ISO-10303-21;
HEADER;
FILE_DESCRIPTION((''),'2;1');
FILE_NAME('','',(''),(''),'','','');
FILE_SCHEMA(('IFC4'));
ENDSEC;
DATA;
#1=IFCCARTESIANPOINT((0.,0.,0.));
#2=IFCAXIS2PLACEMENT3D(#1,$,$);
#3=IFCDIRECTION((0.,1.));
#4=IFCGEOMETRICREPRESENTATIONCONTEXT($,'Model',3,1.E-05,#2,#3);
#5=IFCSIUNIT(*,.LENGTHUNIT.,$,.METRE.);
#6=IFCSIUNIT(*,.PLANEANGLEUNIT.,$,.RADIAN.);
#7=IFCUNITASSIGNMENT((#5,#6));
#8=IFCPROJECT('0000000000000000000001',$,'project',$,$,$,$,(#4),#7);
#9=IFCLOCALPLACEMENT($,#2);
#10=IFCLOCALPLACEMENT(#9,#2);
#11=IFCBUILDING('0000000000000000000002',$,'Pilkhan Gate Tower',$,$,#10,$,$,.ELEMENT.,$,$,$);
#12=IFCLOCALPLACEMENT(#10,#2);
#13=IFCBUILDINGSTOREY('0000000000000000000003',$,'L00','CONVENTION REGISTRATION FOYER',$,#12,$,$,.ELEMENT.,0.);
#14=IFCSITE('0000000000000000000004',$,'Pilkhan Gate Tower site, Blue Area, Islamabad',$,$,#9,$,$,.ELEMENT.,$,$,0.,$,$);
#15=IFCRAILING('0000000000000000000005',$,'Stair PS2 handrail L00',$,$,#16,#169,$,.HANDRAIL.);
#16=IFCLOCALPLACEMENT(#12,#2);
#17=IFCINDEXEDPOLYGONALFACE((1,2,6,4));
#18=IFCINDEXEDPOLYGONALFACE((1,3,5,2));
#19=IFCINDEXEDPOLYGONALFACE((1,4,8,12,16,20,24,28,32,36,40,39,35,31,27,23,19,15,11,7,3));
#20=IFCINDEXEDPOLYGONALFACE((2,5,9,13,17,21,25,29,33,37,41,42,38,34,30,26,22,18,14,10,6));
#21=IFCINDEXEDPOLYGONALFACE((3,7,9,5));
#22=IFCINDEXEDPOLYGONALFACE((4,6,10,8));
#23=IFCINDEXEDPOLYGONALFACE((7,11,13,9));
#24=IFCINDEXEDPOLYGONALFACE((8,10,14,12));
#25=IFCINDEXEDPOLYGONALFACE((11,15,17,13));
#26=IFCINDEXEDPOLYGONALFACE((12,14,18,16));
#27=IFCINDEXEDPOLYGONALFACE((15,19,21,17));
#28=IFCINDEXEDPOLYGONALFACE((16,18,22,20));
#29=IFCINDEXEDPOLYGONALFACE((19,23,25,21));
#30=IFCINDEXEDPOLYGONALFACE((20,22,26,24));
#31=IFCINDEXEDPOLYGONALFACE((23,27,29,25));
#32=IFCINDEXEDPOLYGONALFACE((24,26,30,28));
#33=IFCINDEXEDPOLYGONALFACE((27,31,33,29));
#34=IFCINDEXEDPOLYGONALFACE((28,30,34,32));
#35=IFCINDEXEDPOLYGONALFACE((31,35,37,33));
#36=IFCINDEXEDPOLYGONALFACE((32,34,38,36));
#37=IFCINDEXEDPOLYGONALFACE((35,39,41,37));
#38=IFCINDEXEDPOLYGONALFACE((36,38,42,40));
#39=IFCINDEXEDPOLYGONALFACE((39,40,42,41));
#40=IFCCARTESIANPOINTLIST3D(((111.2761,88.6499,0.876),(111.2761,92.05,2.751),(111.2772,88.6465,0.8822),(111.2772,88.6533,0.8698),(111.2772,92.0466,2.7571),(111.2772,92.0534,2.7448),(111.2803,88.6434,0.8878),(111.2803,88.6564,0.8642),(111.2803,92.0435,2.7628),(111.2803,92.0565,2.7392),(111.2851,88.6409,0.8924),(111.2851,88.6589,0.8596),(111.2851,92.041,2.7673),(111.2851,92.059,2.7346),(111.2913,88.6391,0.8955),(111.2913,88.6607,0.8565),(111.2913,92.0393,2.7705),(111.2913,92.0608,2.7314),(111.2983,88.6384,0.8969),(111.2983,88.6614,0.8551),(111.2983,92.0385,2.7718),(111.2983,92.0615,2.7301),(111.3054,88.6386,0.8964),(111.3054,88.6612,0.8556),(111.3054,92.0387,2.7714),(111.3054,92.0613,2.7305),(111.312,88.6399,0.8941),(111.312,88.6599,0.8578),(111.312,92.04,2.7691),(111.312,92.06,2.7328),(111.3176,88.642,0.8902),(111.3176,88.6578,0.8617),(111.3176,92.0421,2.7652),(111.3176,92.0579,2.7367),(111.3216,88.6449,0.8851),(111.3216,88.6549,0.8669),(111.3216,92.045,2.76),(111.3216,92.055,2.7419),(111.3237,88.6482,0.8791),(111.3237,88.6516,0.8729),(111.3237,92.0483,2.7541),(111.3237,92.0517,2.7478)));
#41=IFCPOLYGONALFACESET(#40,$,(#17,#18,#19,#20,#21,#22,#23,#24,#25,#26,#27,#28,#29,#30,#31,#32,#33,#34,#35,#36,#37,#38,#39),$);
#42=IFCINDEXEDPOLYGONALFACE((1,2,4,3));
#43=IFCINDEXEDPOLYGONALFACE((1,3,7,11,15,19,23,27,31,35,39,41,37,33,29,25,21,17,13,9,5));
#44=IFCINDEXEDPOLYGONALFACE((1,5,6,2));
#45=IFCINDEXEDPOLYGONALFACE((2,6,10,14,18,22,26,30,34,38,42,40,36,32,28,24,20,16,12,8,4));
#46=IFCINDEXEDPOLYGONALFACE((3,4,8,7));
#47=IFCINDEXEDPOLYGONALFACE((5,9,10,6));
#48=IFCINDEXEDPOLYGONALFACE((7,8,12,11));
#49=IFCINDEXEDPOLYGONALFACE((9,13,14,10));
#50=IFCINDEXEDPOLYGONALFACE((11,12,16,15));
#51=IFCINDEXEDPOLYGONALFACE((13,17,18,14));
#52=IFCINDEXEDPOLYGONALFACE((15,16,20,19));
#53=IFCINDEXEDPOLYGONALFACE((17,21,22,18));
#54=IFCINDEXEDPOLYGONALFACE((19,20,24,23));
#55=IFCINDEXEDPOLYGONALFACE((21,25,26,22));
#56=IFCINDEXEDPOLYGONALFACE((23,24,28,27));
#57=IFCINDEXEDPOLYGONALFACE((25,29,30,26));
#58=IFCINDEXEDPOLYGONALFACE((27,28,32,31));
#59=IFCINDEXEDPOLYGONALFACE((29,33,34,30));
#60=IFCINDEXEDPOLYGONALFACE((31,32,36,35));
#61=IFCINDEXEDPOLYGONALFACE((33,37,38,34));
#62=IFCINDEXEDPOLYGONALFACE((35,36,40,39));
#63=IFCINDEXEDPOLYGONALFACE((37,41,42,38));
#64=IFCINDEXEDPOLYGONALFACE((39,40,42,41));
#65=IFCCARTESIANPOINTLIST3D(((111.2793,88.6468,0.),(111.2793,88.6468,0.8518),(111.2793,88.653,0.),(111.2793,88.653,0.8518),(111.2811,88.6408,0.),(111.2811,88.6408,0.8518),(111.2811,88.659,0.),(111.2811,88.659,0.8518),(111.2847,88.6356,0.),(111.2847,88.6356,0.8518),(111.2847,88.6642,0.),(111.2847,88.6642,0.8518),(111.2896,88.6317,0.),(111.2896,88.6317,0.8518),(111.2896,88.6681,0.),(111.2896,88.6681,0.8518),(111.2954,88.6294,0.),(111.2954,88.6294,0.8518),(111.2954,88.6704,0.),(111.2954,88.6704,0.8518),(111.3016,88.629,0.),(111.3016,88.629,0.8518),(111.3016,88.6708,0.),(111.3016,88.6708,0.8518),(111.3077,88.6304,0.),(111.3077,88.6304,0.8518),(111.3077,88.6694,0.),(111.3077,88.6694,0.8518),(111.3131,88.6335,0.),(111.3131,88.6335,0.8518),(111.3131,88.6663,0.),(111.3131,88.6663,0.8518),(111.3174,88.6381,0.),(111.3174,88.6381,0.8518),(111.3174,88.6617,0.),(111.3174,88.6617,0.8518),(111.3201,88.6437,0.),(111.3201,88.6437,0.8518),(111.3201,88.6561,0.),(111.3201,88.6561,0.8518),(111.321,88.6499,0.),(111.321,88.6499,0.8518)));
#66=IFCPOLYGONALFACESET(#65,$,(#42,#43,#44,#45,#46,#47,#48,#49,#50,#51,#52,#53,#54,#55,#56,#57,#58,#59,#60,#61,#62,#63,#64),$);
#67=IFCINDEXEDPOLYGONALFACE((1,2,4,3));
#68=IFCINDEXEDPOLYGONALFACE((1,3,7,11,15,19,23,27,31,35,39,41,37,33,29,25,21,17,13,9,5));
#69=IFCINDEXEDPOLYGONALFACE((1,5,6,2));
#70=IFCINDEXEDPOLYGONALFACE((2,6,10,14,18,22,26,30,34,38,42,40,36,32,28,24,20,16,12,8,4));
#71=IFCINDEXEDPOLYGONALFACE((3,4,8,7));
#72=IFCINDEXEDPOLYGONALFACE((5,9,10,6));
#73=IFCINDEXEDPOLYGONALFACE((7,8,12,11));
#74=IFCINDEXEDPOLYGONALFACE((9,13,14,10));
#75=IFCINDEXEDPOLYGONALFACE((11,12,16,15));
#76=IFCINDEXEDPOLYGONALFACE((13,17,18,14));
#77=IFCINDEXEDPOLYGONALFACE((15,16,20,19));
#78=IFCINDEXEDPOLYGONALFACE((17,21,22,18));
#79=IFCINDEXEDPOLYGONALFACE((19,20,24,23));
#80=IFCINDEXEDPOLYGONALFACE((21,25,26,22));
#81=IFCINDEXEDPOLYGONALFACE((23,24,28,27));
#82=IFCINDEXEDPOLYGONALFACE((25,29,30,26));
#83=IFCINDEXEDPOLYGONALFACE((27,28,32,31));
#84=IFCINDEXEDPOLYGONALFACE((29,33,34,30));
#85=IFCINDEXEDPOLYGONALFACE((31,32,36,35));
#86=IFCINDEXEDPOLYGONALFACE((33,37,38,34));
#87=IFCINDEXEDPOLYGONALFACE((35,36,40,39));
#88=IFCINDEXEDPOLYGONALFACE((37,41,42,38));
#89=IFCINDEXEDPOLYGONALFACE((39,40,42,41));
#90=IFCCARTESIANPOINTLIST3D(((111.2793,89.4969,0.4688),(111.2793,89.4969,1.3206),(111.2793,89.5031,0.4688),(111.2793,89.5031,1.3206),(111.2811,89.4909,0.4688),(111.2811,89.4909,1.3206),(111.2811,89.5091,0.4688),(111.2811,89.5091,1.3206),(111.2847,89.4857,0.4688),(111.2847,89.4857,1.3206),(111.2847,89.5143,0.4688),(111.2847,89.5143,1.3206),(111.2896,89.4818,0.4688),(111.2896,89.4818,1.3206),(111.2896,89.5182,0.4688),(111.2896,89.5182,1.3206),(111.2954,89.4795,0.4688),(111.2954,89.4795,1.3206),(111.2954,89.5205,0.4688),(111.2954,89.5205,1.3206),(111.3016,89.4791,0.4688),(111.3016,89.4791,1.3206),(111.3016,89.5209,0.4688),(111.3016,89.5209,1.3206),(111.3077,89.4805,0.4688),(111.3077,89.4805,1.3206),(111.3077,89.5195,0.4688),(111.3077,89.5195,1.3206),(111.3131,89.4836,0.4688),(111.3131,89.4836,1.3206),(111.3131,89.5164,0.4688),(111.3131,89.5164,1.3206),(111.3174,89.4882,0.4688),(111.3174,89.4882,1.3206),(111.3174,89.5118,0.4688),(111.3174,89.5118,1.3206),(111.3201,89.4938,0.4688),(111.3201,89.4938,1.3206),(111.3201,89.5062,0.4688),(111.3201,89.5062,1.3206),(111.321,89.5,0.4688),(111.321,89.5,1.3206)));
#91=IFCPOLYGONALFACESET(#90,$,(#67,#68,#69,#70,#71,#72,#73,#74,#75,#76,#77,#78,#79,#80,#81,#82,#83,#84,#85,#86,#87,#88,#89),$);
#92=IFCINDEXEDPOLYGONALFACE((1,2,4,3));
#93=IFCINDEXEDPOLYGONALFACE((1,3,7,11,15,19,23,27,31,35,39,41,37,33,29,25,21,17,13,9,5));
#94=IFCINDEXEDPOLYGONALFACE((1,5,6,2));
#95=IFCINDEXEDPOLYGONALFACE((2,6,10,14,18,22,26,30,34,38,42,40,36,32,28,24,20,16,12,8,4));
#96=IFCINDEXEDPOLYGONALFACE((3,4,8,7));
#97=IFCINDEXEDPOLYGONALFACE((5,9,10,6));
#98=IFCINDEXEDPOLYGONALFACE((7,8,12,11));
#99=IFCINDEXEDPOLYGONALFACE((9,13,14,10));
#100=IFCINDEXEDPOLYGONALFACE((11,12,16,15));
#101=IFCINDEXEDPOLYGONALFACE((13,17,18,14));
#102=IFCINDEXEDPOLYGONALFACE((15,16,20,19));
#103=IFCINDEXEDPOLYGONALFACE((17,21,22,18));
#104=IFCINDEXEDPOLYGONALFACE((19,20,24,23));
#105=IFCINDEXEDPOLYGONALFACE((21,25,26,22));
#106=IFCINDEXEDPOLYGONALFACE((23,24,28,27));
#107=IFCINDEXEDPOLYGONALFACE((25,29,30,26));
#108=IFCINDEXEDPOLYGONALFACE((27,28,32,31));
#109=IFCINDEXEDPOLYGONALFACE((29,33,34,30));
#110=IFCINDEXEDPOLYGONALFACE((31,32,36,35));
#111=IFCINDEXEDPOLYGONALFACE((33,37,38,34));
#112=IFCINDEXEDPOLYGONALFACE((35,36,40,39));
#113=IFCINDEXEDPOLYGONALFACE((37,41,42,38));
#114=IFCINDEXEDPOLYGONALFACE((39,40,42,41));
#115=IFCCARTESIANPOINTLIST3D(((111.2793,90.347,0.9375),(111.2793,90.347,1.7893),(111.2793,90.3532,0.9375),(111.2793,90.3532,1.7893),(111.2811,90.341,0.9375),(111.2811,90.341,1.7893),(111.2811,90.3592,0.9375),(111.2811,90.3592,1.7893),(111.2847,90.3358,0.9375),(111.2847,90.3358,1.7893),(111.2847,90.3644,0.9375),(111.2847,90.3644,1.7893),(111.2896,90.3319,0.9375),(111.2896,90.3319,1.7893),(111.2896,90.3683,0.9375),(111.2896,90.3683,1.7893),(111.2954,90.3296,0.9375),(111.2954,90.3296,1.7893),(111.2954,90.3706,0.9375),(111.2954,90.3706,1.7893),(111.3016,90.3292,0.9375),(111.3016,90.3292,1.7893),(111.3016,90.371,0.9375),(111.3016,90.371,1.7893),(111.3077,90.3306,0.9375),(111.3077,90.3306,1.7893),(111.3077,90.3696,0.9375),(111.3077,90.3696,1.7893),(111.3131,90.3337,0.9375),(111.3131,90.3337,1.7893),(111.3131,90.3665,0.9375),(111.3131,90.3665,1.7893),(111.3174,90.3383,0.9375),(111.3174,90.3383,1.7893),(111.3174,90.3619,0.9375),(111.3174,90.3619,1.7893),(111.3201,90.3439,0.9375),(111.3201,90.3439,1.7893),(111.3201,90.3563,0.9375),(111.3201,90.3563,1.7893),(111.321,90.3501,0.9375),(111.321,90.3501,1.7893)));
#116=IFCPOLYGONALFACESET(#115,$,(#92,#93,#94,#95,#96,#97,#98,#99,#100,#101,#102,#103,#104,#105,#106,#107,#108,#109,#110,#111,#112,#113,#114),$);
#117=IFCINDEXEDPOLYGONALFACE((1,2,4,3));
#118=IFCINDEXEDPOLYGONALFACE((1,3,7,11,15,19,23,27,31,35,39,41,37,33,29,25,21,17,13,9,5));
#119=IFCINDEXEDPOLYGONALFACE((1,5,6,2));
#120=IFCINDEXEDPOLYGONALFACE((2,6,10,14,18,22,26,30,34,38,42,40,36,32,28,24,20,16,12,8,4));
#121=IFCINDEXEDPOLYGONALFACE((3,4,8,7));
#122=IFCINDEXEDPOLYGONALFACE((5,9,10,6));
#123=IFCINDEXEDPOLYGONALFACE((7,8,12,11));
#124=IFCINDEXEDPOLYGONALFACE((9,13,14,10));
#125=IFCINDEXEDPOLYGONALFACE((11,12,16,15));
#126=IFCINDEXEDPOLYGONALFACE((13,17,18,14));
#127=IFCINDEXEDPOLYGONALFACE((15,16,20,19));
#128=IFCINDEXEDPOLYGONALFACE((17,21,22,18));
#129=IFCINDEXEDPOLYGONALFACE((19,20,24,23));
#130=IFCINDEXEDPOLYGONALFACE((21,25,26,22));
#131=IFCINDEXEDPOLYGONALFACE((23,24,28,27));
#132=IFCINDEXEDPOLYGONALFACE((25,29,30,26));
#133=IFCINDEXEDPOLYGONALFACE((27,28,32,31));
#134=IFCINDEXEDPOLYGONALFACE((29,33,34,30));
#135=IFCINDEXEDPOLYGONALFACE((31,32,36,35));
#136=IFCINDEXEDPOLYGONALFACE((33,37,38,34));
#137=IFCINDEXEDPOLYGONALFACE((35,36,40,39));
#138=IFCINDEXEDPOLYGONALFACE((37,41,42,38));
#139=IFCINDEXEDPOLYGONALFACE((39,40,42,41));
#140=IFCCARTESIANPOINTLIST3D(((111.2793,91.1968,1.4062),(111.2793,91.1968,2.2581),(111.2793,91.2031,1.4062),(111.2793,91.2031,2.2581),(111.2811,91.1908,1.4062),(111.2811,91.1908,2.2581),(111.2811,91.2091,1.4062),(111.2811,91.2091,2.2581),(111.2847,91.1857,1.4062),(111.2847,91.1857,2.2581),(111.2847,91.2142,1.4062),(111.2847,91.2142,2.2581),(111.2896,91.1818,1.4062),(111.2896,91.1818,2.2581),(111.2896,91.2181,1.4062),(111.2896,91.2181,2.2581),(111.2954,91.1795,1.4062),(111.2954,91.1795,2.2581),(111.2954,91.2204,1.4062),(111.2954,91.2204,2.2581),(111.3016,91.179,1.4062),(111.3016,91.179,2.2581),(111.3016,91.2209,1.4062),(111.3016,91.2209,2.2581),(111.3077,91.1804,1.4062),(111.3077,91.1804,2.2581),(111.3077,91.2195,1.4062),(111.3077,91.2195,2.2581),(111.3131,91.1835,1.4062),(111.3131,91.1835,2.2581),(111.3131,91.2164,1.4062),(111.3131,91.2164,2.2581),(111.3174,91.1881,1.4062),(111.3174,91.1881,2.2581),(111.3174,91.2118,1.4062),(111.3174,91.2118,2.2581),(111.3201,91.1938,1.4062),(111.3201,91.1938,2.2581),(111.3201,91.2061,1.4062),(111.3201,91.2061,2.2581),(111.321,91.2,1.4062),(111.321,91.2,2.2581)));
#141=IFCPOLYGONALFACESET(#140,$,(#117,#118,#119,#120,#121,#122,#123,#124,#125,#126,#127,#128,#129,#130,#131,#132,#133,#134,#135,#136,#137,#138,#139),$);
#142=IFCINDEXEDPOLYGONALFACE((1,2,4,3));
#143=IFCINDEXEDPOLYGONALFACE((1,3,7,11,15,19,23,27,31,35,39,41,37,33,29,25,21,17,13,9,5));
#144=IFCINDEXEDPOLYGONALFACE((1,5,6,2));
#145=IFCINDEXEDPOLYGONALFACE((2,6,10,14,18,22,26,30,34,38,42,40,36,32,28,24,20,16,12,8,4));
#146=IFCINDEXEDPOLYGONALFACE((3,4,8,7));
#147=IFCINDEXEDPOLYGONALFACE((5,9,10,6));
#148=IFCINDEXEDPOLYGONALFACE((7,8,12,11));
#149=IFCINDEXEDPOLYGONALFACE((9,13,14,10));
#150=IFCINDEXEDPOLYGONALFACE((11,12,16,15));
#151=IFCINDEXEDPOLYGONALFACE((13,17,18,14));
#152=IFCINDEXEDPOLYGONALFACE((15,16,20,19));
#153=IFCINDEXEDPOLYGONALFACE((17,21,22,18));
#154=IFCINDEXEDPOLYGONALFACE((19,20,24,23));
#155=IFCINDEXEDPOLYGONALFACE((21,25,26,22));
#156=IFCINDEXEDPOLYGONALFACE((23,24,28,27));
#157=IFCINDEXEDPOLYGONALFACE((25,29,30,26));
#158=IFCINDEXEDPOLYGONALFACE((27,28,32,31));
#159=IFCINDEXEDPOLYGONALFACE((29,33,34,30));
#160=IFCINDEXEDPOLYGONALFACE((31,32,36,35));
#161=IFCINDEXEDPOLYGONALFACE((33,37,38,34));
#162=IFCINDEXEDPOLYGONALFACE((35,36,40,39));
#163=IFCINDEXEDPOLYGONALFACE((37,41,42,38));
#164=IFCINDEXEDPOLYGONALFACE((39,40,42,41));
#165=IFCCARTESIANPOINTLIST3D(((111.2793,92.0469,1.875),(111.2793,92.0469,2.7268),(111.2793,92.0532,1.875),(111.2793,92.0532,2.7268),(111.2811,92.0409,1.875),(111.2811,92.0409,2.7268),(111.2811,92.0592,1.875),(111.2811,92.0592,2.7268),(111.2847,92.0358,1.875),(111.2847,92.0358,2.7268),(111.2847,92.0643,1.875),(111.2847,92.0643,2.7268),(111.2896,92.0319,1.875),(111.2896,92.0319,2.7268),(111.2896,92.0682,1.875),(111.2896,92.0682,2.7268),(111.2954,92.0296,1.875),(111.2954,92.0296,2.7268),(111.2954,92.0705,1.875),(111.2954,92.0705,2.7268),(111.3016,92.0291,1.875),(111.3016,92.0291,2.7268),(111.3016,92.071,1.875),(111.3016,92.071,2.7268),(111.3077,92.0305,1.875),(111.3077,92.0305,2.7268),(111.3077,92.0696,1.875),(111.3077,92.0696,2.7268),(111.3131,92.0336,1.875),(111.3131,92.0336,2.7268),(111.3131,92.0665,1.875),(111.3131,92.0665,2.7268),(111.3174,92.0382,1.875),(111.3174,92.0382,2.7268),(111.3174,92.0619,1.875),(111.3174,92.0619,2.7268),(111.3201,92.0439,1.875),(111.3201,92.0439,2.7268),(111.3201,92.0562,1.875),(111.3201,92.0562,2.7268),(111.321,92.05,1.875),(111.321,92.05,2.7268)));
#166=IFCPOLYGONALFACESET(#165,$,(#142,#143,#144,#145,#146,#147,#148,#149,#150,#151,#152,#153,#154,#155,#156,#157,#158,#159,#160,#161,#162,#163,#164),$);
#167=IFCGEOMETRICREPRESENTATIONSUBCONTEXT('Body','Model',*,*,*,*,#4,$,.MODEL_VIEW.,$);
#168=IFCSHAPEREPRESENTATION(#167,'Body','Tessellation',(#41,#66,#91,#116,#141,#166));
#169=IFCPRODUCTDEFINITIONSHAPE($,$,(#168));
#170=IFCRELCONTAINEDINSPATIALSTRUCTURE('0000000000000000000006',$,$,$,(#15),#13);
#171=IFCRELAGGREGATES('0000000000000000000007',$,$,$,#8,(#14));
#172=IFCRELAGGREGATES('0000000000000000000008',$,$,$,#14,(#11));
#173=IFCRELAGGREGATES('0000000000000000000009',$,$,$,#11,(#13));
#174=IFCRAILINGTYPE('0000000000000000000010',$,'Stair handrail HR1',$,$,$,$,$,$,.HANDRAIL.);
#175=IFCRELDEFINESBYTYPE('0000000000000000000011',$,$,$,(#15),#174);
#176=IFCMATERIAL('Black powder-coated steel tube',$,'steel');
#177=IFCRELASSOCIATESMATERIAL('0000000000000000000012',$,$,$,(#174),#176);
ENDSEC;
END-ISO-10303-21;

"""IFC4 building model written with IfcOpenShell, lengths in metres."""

from ifc_helpers import new_model, si_unit, direction, frame, origin, origin_2d, place, context, subcontext, project, spatial, circle, extrude, material, type_object, element, save


model = new_model("IFC4")

# Units and contexts
model_context = context("Model", 3, precision=1e-05, world=origin(), true_north=direction((0.0, 1.0)))
body_context = subcontext(model_context, "Body", "Model", "MODEL_VIEW")
ifc_project = project(units=[si_unit("LENGTHUNIT", "METRE"), si_unit("PLANEANGLEUNIT", "RADIAN")], contexts=[model_context])

# Site, building, storey
site_placement = place(None, origin())
site = spatial("IfcSite", under=ifc_project, at=site_placement, Name="Pilkhan Gate Tower site, Blue Area, Islamabad", CompositionType="ELEMENT", RefElevation=0.0)
building_placement = place(site_placement, origin())
building = spatial("IfcBuilding", under=site, at=building_placement, Name="Pilkhan Gate Tower", CompositionType="ELEMENT")
storey_placement = place(building_placement, origin())
storey = spatial("IfcBuildingStorey", under=building, at=storey_placement, Name="L00", Description="CONVENTION REGISTRATION FOYER", CompositionType="ELEMENT", Elevation=0.0)

# Railing
ifc_material_1 = material(Name="Black powder-coated steel tube", Category="steel")
railing_type_1 = type_object("IfcRailingType", Name="Stair handrail HR1", PredefinedType="HANDRAIL", material=ifc_material_1)
for number, where, name in (
    (1, (111.3, 88.6499, 0.0), "Stair PS2 handrail L00"),
):
    element("IfcRailing", number, at=place(storey_placement, frame(where)), inside=storey, type_object=railing_type_1, Name=name, PredefinedType="HANDRAIL", context=body_context, shape_type="SweptSolid", body=[
        extrude(circle(Radius=0.0239, at=origin_2d()), frame((0.0, 0.0, 0.876), z_axis=(0.0, 0.87568, 0.482891), x_axis=(-1.0, 0.0, 0.0)), (0.0, 0.0, 1.0), 3.8828),
        extrude(circle(Radius=0.021, at=origin_2d()), origin(), (0.0, 0.0, 1.0), 0.8518),
        extrude(circle(Radius=0.021, at=origin_2d()), frame((0.0, 0.8501, 0.4688)), (0.0, 0.0, 1.0), 0.8518),
        extrude(circle(Radius=0.021, at=origin_2d()), frame((0.0, 1.7002, 0.9375)), (0.0, 0.0, 1.0), 0.8518),
        extrude(circle(Radius=0.021, at=origin_2d()), frame((0.0, 2.55, 1.4062)), (0.0, 0.0, 1.0), 0.8518),
        extrude(circle(Radius=0.021, at=origin_2d()), frame((0.0, 3.4001, 1.875)), (0.0, 0.0, 1.0), 0.8518),
    ])

save(model, "model.ifc")
